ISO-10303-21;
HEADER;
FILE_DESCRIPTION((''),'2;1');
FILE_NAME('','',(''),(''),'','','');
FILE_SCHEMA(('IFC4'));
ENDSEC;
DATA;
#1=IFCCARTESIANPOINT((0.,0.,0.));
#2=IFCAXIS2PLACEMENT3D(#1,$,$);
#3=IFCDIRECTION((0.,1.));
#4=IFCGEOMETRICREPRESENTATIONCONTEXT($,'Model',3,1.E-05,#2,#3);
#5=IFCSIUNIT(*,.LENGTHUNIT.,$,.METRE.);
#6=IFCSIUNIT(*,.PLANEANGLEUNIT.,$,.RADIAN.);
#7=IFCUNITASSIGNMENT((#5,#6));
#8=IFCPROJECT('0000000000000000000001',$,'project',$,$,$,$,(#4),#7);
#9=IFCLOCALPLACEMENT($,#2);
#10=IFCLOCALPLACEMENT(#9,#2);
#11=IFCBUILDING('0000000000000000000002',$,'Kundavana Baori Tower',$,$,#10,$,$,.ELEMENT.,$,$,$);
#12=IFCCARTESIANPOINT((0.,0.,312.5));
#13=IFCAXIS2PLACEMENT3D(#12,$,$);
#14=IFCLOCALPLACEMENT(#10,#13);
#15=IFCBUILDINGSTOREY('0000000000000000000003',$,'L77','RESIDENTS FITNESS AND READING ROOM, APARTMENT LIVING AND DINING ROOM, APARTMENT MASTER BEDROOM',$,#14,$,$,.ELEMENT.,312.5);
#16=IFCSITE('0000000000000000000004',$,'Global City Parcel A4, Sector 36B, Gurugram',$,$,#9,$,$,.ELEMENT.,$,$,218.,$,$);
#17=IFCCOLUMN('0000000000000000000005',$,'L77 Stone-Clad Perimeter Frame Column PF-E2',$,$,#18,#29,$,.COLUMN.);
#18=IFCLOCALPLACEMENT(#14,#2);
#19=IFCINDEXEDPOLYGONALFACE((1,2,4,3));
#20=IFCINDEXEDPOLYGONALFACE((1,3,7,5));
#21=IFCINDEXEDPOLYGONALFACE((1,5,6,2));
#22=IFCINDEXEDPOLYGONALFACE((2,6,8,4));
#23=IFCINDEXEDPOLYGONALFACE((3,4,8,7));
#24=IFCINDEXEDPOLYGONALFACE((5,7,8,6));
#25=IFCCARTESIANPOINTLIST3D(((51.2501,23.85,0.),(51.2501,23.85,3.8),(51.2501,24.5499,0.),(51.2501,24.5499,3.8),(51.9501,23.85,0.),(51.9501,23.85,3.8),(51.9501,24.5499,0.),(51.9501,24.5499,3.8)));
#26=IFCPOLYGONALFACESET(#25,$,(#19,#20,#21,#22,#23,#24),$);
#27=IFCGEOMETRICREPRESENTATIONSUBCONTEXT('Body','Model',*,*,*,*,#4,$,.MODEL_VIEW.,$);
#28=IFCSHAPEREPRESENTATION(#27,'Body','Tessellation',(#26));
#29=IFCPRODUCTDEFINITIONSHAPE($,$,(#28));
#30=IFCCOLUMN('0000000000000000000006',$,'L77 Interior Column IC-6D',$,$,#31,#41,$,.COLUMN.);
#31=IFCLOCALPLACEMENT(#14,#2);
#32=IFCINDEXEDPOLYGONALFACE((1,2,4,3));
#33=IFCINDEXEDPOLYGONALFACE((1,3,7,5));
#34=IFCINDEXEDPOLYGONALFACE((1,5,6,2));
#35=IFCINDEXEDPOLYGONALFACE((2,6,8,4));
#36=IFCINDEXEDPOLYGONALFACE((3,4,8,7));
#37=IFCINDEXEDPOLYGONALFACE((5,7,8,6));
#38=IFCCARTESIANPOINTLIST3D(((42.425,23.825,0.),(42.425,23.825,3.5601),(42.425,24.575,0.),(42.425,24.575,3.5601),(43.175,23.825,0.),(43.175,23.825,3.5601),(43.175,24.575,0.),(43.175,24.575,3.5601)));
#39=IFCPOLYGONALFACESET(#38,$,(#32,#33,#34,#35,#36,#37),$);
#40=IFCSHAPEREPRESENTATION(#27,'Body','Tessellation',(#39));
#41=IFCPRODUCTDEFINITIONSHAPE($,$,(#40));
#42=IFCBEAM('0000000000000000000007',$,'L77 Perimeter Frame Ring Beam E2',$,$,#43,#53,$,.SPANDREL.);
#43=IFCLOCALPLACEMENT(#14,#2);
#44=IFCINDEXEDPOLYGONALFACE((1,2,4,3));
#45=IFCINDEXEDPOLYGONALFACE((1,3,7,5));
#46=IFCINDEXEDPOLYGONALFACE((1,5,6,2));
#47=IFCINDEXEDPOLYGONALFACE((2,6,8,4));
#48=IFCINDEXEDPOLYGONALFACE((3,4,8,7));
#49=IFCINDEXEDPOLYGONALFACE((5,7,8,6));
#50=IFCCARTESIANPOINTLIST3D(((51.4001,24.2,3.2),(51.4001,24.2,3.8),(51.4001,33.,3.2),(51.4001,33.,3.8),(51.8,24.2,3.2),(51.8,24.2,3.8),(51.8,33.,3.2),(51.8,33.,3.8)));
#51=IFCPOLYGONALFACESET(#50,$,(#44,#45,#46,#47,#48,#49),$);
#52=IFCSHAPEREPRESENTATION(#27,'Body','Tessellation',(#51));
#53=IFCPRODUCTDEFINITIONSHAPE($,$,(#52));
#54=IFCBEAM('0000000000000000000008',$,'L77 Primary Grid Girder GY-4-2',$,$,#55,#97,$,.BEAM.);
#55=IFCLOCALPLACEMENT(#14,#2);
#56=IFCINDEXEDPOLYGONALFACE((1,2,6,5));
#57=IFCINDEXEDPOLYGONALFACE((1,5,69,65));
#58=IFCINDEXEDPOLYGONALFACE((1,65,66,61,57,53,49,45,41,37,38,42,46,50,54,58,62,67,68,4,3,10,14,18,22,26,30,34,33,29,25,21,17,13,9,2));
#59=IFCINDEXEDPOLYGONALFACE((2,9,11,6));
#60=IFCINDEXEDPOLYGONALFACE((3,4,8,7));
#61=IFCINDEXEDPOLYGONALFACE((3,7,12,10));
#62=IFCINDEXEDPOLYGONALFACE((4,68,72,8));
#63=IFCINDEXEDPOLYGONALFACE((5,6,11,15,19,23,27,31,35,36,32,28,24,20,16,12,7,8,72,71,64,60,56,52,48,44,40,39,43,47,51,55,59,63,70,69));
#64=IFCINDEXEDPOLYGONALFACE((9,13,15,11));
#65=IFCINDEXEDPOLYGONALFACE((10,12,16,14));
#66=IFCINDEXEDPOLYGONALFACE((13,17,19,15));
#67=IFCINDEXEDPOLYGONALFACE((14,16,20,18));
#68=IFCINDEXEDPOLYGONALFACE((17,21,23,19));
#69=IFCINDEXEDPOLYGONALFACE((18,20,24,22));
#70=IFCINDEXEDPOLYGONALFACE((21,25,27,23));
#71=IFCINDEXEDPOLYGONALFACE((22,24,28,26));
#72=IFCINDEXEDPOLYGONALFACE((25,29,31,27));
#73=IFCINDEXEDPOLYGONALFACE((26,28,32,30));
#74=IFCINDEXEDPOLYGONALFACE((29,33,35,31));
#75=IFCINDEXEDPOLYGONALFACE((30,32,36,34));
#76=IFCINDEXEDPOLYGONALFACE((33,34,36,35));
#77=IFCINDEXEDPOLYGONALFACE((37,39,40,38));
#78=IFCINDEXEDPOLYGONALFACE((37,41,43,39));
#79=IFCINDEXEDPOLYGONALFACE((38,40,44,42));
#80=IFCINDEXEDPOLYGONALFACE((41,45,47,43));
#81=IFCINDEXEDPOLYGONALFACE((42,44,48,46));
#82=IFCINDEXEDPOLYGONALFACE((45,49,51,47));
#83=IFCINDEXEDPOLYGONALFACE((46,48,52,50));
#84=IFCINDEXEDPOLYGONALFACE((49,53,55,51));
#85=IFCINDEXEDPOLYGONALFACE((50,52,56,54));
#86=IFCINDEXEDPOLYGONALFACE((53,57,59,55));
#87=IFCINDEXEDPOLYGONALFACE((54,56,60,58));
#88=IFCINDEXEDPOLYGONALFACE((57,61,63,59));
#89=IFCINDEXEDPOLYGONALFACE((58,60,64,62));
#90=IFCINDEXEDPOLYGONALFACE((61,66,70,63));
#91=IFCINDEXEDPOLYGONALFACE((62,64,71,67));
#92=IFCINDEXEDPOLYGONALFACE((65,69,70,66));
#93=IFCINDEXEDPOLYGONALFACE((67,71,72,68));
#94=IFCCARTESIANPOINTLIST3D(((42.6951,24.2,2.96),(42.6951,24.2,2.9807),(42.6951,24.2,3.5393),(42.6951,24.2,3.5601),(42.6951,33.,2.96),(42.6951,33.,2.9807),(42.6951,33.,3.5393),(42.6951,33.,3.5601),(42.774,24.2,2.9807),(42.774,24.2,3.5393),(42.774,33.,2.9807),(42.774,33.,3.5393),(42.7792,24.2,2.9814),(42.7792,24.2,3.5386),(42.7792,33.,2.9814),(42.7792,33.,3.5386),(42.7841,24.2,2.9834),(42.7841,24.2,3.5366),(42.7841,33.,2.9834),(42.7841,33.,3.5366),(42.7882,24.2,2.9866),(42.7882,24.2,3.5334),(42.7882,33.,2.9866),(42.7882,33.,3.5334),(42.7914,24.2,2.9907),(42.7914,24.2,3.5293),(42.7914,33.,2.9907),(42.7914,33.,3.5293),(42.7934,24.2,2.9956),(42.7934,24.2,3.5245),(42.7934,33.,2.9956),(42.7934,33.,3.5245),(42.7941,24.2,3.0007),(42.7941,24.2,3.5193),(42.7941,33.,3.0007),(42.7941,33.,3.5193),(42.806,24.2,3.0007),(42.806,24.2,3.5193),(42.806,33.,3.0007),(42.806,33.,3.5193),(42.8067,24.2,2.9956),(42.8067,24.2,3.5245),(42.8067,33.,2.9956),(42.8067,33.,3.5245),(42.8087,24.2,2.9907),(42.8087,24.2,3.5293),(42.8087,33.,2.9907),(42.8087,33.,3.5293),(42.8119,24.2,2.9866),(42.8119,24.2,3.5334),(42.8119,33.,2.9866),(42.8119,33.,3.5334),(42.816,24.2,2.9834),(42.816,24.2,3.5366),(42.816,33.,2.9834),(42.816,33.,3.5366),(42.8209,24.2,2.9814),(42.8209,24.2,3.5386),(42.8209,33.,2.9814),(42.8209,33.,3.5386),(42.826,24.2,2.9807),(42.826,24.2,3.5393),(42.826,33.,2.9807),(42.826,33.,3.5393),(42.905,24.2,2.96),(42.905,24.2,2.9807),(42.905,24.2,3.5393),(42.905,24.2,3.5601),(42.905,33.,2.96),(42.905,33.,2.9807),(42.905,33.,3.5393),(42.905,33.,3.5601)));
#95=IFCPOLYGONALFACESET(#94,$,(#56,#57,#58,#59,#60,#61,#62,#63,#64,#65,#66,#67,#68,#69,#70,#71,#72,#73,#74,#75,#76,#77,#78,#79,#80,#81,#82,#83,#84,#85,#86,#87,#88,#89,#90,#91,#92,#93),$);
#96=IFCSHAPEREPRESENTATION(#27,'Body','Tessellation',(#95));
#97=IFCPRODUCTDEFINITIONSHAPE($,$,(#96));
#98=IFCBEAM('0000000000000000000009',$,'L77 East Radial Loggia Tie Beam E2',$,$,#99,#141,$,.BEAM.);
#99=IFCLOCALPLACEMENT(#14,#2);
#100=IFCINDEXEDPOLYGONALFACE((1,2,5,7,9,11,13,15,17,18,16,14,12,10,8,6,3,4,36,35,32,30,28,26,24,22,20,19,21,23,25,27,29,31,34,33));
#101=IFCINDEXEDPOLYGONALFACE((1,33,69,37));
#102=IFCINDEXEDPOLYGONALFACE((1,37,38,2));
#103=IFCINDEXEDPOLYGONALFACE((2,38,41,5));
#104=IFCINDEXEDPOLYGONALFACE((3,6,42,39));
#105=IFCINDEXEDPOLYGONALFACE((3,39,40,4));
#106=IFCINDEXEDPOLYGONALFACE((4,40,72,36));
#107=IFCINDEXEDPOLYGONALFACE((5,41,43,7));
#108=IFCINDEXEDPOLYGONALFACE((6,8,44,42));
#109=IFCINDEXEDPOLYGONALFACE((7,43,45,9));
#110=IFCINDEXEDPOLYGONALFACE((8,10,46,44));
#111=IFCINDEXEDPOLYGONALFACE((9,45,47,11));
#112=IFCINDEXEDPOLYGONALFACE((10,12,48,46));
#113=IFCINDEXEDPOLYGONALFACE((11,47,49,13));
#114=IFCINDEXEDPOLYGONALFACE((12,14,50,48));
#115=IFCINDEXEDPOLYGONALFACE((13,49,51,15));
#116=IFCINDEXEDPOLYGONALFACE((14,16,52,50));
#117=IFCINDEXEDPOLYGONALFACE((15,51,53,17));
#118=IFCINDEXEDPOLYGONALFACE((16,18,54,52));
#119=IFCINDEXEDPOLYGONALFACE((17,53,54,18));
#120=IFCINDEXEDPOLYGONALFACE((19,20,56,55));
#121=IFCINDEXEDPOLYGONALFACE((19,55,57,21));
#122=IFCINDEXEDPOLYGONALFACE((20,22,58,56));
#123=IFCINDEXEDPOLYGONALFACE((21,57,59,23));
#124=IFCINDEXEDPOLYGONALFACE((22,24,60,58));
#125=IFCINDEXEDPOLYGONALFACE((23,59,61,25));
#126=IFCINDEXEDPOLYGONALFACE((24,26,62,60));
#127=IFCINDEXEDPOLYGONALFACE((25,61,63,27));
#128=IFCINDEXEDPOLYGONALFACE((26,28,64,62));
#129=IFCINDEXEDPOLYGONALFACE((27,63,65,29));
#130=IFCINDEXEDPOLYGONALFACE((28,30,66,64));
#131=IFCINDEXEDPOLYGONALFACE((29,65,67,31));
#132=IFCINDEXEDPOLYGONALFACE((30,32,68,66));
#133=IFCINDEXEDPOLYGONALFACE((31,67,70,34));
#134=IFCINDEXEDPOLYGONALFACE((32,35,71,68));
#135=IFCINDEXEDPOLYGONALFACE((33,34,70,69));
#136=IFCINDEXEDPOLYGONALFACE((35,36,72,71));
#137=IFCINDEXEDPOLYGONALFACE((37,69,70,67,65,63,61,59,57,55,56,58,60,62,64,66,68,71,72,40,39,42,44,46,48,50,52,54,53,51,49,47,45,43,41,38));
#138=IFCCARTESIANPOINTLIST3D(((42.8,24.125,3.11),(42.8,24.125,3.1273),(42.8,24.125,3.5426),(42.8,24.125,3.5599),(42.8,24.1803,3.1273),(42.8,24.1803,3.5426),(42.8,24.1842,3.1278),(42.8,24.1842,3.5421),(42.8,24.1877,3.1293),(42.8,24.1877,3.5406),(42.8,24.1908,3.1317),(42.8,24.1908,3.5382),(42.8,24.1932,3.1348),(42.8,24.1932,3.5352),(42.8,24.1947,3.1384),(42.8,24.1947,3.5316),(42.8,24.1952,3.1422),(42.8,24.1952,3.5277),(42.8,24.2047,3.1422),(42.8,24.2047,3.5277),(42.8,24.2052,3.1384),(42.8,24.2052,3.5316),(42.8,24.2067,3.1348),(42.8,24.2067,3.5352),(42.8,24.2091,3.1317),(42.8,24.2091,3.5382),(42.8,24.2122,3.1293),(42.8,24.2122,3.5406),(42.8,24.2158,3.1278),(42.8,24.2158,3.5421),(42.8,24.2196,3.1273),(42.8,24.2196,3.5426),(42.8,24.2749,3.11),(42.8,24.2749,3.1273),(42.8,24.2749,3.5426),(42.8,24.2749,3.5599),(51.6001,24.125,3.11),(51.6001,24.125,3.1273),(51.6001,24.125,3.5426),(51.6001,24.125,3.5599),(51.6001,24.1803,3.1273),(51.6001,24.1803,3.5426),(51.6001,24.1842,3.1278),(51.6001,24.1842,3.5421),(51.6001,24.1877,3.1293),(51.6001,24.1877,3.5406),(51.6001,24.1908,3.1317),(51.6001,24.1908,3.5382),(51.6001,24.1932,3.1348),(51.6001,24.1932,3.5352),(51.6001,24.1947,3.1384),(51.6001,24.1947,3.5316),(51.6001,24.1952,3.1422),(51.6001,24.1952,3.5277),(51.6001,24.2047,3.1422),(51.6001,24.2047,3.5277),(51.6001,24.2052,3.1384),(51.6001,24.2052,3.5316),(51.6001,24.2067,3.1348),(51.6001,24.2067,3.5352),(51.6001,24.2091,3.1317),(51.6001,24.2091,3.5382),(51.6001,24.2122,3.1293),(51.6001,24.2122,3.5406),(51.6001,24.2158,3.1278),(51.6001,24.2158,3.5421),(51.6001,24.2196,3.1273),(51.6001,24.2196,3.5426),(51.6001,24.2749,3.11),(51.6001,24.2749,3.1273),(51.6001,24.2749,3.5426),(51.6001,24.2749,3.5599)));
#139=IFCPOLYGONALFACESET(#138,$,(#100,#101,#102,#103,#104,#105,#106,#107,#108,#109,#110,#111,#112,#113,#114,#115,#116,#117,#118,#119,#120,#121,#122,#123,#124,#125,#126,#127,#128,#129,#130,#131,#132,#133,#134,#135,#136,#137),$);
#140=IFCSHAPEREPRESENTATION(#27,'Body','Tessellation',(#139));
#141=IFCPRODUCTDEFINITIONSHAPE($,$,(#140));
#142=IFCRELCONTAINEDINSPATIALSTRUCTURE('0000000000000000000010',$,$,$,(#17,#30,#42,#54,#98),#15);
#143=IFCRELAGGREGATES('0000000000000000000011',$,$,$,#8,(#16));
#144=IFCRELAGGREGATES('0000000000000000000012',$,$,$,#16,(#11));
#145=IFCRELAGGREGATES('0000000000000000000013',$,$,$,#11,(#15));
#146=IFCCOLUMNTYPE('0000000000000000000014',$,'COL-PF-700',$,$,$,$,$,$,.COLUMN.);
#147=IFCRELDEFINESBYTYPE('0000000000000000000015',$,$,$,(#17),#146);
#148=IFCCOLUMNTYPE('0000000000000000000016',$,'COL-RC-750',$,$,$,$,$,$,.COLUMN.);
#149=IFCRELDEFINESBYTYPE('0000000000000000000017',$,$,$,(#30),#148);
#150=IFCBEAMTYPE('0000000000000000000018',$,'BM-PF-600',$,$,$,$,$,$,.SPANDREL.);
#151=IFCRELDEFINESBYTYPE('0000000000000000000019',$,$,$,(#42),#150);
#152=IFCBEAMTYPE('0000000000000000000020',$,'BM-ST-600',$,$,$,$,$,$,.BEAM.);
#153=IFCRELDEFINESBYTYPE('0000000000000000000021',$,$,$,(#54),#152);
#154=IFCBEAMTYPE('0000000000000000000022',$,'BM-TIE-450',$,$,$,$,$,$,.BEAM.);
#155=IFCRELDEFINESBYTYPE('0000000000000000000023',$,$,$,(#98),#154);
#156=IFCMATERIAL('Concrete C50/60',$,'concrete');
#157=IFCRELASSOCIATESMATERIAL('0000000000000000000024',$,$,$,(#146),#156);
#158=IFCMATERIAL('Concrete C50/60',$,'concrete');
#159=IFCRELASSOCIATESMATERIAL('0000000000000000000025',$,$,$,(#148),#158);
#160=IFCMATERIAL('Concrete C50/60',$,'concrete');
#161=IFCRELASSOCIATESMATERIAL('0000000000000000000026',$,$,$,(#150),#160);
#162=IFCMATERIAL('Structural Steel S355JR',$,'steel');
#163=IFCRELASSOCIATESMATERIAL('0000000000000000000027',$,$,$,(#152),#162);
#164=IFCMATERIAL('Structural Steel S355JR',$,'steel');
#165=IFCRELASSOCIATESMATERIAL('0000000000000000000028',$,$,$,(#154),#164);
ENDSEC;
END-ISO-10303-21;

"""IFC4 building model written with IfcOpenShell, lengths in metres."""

from ifc_helpers import new_model, si_unit, direction, frame, origin, origin_2d, place, context, subcontext, project, spatial, rectangle, i_section, extrude, material, material_profile, profile_set, type_object, element, save


model = new_model("IFC4")

# Units and contexts
model_context = context("Model", 3, precision=1e-05, world=origin(), true_north=direction((0.0, 1.0)))
body_context = subcontext(model_context, "Body", "Model", "MODEL_VIEW")
ifc_project = project(units=[si_unit("LENGTHUNIT", "METRE"), si_unit("PLANEANGLEUNIT", "RADIAN")], contexts=[model_context])

# Site, building, storey
site_placement = place(None, origin())
site = spatial("IfcSite", under=ifc_project, at=site_placement, Name="Global City Parcel A4, Sector 36B, Gurugram", CompositionType="ELEMENT", RefElevation=218.0)
building_placement = place(site_placement, origin())
building = spatial("IfcBuilding", under=site, at=building_placement, Name="Kundavana Baori Tower", CompositionType="ELEMENT")
storey_placement = place(building_placement, frame((0.0, 0.0, 312.5)))
storey = spatial("IfcBuildingStorey", under=building, at=storey_placement, Name="L77", Description="RESIDENTS FITNESS AND READING ROOM, APARTMENT LIVING AND DINING ROOM, APARTMENT MASTER BEDROOM", CompositionType="ELEMENT", Elevation=312.5)

# Columns
ifc_material_1 = material(Name="Concrete C50/60", Category="concrete")
ifc_material_profile_1 = material_profile(ifc_material_1, rectangle(XDim=0.7, YDim=0.7, at=origin_2d()), Name="RC PF 700x700")
ifc_profile_set_1 = profile_set([ifc_material_profile_1], Name="Concrete C50/60")
column_type_1 = type_object("IfcColumnType", Name="COL-PF-700", PredefinedType="COLUMN", material=ifc_profile_set_1)
column_1_placement = place(storey_placement, frame((51.6001, 24.2, 0.0), z_axis=(0.0, 0.0, 1.0), x_axis=(1.0, 0.0, 0.0)))
element("IfcColumn", 1, at=column_1_placement, inside=storey, type_object=column_type_1, Name="L77 Stone-Clad Perimeter Frame Column PF-E2", PredefinedType="COLUMN", context=body_context, shape_type="SweptSolid", body=[
    extrude(rectangle(XDim=0.7, YDim=0.7, at=origin_2d()), origin(), (0.0, 0.0, 1.0), 3.8),
])
ifc_material_2 = material(Name="Concrete C50/60", Category="concrete")
ifc_material_profile_2 = material_profile(ifc_material_2, rectangle(XDim=0.75, YDim=0.75, at=origin_2d()), Name="RC 750x750")
ifc_profile_set_2 = profile_set([ifc_material_profile_2], Name="Concrete C50/60")
column_type_2 = type_object("IfcColumnType", Name="COL-RC-750", PredefinedType="COLUMN", material=ifc_profile_set_2)
column_2_placement = place(storey_placement, frame((42.8, 24.2, 0.0), z_axis=(0.0, 0.0, 1.0), x_axis=(1.0, 0.0, 0.0)))
element("IfcColumn", 2, at=column_2_placement, inside=storey, type_object=column_type_2, Name="L77 Interior Column IC-6D", PredefinedType="COLUMN", context=body_context, shape_type="SweptSolid", body=[
    extrude(rectangle(XDim=0.75, YDim=0.75, at=origin_2d()), origin(), (0.0, 0.0, 1.0), 3.5601),
])

# Beams
ifc_material_3 = material(Name="Concrete C50/60", Category="concrete")
ifc_material_profile_3 = material_profile(ifc_material_3, rectangle(XDim=0.3999, YDim=0.6001, at=origin_2d()), Name="RC BM 400x600")
ifc_profile_set_3 = profile_set([ifc_material_profile_3], Name="Concrete C50/60")
beam_type_1 = type_object("IfcBeamType", Name="BM-PF-600", PredefinedType="SPANDREL", material=ifc_profile_set_3)
beam_1_placement = place(storey_placement, frame((51.6001, 24.2, 3.5), z_axis=(0.0, 1.0, 0.0), x_axis=(-1.0, 0.0, 0.0)))
element("IfcBeam", 3, at=beam_1_placement, inside=storey, type_object=beam_type_1, Name="L77 Perimeter Frame Ring Beam E2", PredefinedType="SPANDREL", context=body_context, shape_type="SweptSolid", body=[
    extrude(rectangle(XDim=0.3999, YDim=0.6001, at=origin_2d()), origin(), (0.0, 0.0, 1.0), 8.8),
])
ifc_material_4 = material(Name="Structural Steel S355JR", Category="steel")
ifc_material_profile_4 = material_profile(ifc_material_4, i_section(OverallWidth=0.21, OverallDepth=0.6001, WebThickness=0.012, FlangeThickness=0.0208, FilletRadius=0.02, at=origin_2d()), Name="ISMB 600")
ifc_profile_set_4 = profile_set([ifc_material_profile_4], Name="Structural Steel S355JR")
beam_type_2 = type_object("IfcBeamType", Name="BM-ST-600", PredefinedType="BEAM", material=ifc_profile_set_4)
beam_2_placement = place(storey_placement, frame((42.8, 24.2, 3.26), z_axis=(0.0, 1.0, 0.0), x_axis=(-1.0, 0.0, 0.0)))
element("IfcBeam", 4, at=beam_2_placement, inside=storey, type_object=beam_type_2, Name="L77 Primary Grid Girder GY-4-2", PredefinedType="BEAM", context=body_context, shape_type="SweptSolid", body=[
    extrude(i_section(OverallWidth=0.21, OverallDepth=0.6001, WebThickness=0.012, FlangeThickness=0.0208, FilletRadius=0.02, at=origin_2d()), origin(), (0.0, 0.0, 1.0), 8.8),
])
ifc_material_5 = material(Name="Structural Steel S355JR", Category="steel")
ifc_material_profile_5 = material_profile(ifc_material_5, i_section(OverallWidth=0.1499, OverallDepth=0.45, WebThickness=0.0095, FlangeThickness=0.0173, FilletRadius=0.0149, at=origin_2d()), Name="ISMB 450")
ifc_profile_set_5 = profile_set([ifc_material_profile_5], Name="Structural Steel S355JR")
beam_type_3 = type_object("IfcBeamType", Name="BM-TIE-450", PredefinedType="BEAM", material=ifc_profile_set_5)
beam_3_placement = place(storey_placement, frame((42.8, 24.2, 3.335), z_axis=(1.0, 0.0, 0.0), x_axis=(0.0, 1.0, 0.0)))
element("IfcBeam", 5, at=beam_3_placement, inside=storey, type_object=beam_type_3, Name="L77 East Radial Loggia Tie Beam E2", PredefinedType="BEAM", context=body_context, shape_type="SweptSolid", body=[
    extrude(i_section(OverallWidth=0.1499, OverallDepth=0.45, WebThickness=0.0095, FlangeThickness=0.0173, FilletRadius=0.0149, at=origin_2d()), origin(), (0.0, 0.0, 1.0), 8.8),
])

save(model, "model.ifc")
